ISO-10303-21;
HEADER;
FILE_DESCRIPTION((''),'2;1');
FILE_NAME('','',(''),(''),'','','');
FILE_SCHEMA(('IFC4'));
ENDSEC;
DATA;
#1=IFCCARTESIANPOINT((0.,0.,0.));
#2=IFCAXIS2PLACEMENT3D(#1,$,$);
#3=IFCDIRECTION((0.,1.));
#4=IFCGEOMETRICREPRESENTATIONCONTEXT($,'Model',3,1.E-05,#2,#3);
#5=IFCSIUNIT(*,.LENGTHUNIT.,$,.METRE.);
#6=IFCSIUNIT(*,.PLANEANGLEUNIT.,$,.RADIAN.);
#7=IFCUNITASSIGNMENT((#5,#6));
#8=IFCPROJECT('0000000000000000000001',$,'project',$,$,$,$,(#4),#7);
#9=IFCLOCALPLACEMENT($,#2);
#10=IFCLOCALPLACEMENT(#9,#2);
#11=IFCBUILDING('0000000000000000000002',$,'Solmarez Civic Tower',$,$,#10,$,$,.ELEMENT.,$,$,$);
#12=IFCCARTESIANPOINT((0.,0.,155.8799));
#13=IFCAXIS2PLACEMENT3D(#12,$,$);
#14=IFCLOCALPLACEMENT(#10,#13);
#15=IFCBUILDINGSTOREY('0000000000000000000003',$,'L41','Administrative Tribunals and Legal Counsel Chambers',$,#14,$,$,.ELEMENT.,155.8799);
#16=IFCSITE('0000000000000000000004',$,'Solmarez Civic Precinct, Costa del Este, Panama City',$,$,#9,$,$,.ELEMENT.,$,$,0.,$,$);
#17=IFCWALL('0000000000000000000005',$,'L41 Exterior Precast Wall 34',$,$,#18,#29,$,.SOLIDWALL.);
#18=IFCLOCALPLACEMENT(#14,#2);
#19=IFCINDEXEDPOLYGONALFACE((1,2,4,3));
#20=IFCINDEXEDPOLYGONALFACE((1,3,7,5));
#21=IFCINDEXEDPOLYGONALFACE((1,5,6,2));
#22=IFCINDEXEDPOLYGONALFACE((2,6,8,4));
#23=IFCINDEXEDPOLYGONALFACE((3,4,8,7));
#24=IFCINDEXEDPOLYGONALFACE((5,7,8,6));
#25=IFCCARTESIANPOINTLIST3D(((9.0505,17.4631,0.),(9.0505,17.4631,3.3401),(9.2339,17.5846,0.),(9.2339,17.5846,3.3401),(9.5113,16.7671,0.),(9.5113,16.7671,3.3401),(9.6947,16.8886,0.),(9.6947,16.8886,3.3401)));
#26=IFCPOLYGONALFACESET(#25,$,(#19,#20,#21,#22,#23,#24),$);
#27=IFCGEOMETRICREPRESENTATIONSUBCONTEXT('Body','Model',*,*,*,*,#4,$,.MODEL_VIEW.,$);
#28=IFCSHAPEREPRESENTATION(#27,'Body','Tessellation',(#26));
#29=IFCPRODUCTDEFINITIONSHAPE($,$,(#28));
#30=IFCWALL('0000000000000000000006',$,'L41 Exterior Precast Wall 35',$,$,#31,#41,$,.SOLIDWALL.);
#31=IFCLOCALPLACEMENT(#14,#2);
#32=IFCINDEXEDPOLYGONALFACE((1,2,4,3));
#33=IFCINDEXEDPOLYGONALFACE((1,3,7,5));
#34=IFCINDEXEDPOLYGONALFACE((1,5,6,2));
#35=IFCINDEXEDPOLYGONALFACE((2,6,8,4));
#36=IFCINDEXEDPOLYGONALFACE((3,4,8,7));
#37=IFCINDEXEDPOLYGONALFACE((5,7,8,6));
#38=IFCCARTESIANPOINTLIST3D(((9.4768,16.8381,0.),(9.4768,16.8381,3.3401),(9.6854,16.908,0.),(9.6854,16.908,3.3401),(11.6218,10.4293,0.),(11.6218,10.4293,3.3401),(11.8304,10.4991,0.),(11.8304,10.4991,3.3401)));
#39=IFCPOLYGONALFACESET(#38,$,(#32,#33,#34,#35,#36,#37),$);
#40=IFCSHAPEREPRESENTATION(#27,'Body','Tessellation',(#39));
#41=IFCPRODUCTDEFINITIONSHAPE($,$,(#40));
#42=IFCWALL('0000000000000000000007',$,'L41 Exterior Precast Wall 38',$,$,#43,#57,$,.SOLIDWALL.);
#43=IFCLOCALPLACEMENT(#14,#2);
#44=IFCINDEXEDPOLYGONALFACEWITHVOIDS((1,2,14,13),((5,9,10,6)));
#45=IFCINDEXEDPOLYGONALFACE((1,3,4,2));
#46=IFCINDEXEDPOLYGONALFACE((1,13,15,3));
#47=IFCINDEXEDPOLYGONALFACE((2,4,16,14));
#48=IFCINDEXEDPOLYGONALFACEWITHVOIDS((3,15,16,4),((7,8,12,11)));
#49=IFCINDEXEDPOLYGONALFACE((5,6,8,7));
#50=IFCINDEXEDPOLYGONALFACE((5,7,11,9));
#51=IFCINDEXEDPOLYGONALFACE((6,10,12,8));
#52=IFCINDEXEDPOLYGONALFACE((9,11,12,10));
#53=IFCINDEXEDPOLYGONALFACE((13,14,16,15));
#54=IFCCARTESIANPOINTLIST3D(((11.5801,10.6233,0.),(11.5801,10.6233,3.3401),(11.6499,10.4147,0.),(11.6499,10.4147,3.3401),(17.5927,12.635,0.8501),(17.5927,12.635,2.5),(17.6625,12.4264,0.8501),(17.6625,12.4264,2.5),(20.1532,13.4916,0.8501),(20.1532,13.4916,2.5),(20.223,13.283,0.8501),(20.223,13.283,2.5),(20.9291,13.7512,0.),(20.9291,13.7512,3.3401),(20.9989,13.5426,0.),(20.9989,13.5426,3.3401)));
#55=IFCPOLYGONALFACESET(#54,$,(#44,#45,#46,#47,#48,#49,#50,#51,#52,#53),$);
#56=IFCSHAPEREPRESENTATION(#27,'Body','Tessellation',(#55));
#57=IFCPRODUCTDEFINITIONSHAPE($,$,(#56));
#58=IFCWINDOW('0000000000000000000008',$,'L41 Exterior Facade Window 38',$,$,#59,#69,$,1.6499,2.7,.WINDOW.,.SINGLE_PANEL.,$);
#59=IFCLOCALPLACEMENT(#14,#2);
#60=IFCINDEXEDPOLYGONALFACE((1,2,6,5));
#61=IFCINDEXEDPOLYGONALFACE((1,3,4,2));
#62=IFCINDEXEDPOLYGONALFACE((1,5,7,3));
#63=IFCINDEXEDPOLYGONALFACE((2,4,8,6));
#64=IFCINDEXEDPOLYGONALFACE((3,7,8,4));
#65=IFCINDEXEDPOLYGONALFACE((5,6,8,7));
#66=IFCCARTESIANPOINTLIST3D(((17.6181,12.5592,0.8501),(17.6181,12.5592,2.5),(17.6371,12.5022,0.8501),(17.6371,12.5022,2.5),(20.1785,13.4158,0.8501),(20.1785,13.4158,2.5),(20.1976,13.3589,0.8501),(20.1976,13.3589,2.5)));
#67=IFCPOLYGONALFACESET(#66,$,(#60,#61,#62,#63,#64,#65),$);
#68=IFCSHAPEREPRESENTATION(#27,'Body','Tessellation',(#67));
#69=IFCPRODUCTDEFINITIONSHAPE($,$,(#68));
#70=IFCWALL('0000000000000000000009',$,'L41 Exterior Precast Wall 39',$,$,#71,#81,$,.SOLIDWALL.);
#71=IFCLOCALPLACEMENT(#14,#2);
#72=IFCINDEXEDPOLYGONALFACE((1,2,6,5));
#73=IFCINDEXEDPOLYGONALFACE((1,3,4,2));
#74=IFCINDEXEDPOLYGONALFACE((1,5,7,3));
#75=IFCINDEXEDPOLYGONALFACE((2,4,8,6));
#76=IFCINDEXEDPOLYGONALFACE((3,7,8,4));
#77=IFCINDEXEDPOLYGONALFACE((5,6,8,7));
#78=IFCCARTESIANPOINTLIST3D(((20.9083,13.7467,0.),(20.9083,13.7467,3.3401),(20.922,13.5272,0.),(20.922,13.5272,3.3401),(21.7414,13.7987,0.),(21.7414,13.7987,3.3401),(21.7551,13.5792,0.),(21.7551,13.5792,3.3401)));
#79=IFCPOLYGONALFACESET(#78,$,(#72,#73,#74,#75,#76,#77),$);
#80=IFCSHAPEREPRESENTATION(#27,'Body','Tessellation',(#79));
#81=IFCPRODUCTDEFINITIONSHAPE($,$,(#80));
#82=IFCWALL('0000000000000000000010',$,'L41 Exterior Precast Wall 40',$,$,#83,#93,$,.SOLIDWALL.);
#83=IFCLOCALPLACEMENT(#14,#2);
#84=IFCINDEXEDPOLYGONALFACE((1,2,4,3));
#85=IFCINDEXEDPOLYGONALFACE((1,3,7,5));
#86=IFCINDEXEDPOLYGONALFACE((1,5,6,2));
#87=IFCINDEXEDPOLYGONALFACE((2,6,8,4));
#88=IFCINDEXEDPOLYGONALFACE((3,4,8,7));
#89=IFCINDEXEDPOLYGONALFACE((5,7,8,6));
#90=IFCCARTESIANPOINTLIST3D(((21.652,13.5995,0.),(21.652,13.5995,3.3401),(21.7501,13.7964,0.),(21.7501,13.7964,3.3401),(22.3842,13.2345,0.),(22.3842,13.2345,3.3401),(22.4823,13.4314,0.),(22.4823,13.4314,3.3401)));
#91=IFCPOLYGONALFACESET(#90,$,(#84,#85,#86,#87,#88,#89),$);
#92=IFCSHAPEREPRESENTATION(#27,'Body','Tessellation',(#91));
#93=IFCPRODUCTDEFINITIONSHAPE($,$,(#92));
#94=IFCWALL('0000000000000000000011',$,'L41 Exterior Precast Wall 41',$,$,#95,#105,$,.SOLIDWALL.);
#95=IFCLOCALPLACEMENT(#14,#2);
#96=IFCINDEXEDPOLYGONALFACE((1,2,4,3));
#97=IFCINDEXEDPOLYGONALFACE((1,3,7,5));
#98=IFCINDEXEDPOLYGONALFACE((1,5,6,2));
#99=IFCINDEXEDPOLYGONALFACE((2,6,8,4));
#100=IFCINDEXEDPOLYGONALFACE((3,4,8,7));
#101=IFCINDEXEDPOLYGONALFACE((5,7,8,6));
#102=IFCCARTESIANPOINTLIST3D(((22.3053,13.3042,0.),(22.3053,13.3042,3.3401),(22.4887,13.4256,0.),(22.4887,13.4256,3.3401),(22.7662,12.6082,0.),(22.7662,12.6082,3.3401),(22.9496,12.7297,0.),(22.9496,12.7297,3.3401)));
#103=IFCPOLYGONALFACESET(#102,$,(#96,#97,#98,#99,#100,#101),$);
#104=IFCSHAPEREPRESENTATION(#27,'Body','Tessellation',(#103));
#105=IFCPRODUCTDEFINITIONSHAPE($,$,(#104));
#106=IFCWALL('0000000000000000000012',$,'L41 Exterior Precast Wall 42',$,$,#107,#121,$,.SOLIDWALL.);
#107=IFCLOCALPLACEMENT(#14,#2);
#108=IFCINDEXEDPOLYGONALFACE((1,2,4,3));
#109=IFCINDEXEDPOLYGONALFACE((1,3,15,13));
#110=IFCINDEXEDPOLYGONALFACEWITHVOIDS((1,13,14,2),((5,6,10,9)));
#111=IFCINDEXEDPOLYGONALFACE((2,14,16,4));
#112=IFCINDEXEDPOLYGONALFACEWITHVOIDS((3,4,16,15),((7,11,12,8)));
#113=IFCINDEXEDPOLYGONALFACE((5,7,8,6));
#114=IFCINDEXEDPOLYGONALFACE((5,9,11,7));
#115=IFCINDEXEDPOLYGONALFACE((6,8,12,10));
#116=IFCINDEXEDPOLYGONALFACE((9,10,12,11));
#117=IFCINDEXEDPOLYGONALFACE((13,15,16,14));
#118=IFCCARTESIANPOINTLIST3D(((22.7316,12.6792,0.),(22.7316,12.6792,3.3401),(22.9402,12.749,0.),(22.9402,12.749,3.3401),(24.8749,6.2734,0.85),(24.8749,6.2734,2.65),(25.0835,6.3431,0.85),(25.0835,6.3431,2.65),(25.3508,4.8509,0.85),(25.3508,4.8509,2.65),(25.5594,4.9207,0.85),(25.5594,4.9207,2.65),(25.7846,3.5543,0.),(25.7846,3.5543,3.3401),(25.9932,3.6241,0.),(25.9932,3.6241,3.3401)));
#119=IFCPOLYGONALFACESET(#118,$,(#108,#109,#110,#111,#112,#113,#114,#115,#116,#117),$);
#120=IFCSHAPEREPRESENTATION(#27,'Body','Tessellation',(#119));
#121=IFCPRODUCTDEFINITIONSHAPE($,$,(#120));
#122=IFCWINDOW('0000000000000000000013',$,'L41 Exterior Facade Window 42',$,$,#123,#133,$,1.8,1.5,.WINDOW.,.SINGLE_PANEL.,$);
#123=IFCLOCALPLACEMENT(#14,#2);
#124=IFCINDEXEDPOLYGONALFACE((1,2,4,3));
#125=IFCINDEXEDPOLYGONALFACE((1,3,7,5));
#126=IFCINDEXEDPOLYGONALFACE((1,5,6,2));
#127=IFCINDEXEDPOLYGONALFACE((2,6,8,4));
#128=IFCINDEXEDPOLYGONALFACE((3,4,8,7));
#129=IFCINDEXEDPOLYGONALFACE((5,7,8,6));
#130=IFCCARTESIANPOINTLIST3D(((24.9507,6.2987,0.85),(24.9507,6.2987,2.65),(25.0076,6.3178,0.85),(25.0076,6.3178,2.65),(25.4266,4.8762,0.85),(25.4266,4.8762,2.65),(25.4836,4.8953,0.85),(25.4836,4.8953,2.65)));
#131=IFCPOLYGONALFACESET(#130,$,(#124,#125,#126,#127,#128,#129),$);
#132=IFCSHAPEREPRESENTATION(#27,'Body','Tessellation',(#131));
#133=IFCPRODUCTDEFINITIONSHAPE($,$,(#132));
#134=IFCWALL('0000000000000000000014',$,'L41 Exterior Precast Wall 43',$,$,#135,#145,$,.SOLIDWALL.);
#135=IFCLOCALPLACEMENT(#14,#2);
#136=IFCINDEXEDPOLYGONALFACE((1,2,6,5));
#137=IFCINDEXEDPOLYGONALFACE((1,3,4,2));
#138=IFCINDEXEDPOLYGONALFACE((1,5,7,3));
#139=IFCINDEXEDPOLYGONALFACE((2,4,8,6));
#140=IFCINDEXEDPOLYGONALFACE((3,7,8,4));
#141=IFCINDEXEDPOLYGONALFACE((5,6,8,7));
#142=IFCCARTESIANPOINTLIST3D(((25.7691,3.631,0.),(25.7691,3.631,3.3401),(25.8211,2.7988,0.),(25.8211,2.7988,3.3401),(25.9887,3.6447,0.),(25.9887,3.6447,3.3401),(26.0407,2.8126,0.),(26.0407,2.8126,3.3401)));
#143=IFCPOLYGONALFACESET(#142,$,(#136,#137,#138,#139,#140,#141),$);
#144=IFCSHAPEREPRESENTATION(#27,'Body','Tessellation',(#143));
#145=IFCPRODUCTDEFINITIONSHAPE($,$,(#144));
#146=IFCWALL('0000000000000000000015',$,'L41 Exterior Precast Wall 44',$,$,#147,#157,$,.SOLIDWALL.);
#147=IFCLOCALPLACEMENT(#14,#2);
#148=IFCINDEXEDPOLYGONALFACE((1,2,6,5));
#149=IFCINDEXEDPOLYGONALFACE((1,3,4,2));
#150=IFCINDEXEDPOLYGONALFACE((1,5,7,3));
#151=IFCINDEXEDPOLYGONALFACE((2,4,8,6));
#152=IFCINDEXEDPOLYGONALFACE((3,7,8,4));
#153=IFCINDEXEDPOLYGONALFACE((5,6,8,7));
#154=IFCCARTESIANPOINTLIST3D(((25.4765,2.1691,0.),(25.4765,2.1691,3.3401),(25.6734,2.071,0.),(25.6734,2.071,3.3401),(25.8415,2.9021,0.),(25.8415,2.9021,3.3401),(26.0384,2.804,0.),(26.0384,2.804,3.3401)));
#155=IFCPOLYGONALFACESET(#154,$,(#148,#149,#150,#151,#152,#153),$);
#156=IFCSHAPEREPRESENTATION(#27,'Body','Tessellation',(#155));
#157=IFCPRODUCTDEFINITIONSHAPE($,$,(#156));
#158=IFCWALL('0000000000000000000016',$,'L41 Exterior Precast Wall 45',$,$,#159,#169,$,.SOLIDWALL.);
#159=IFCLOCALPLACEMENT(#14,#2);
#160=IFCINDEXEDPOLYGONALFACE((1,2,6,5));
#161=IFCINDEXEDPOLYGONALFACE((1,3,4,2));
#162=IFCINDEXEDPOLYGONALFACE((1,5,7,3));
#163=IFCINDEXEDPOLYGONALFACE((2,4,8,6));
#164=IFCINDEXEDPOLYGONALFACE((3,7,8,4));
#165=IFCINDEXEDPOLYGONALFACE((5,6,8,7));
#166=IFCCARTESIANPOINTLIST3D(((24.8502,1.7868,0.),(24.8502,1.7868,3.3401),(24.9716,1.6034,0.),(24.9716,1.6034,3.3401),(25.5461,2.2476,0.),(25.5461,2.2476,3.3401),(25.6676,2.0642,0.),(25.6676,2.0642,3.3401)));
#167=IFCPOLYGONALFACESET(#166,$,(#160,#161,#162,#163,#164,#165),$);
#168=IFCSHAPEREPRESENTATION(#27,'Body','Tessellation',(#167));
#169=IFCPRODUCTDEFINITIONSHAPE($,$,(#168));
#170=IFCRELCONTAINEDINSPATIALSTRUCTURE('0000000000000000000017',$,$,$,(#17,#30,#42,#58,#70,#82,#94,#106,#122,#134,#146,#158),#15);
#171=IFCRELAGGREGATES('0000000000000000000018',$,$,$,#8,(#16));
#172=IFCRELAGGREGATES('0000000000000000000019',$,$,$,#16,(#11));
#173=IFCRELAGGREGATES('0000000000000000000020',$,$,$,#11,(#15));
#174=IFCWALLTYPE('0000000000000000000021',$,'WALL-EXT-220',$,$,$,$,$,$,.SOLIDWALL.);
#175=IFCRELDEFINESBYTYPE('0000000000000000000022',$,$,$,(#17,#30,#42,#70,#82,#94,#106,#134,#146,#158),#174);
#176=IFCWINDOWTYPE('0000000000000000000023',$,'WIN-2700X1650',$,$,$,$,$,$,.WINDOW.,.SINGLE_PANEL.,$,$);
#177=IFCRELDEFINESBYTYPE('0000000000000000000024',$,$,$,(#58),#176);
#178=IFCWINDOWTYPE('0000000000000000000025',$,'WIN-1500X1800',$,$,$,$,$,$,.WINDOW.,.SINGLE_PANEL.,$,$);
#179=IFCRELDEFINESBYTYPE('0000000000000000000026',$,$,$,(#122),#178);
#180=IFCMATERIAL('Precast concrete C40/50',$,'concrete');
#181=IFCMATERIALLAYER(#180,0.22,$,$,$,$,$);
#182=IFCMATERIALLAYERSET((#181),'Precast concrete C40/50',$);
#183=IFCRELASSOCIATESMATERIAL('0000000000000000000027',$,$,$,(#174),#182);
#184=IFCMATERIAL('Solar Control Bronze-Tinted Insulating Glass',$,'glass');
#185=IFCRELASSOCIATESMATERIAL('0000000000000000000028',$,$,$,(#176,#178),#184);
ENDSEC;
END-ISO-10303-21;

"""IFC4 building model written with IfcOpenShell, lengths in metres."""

from ifc_helpers import new_model, si_unit, direction, frame, frame_2d, origin, place, context, subcontext, project, spatial, rectangle, extrude, material, layer, layer_set, type_object, element, fill, save


model = new_model("IFC4")

# Units and contexts
model_context = context("Model", 3, precision=1e-05, world=origin(), true_north=direction((0.0, 1.0)))
body_context = subcontext(model_context, "Body", "Model", "MODEL_VIEW")
ifc_project = project(units=[si_unit("LENGTHUNIT", "METRE"), si_unit("PLANEANGLEUNIT", "RADIAN")], contexts=[model_context])

# Site, building, storey
site_placement = place(None, origin())
site = spatial("IfcSite", under=ifc_project, at=site_placement, Name="Solmarez Civic Precinct, Costa del Este, Panama City", CompositionType="ELEMENT", RefElevation=0.0)
building_placement = place(site_placement, origin())
building = spatial("IfcBuilding", under=site, at=building_placement, Name="Solmarez Civic Tower", CompositionType="ELEMENT")
storey_placement = place(building_placement, frame((0.0, 0.0, 155.8799)))
storey = spatial("IfcBuildingStorey", under=building, at=storey_placement, Name="L41", Description="Administrative Tribunals and Legal Counsel Chambers", CompositionType="ELEMENT", Elevation=155.8799)

# Walls
ifc_material_1 = material(Name="Precast concrete C40/50", Category="concrete")
ifc_layer_1 = layer(ifc_material_1, 0.22)
ifc_layer_set_1 = layer_set([ifc_layer_1], Name="Precast concrete C40/50")
wall_type_1 = type_object("IfcWallType", Name="WALL-EXT-220", PredefinedType="SOLIDWALL", material=ifc_layer_set_1)
wall_1_placement = place(storey_placement, frame((9.1421, 17.5239, 0.0), z_axis=(0.0, 0.0, 1.0), x_axis=(0.552133, -0.833756, 0.0)))
element("IfcWall", 1, at=wall_1_placement, inside=storey, type_object=wall_type_1, Name="L41 Exterior Precast Wall 34", PredefinedType="SOLIDWALL", context=body_context, shape_type="SweptSolid", body=[
    extrude(rectangle(XDim=0.8347, YDim=0.22, at=frame_2d((0.4175, 0.0))), origin(), (0.0, 0.0, 1.0), 3.3401),
])
wall_2_placement = place(storey_placement, frame((9.5811, 16.873, 0.0), z_axis=(0.0, 0.0, 1.0), x_axis=(0.317387, -0.948296, 0.0)))
element("IfcWall", 2, at=wall_2_placement, inside=storey, type_object=wall_type_1, Name="L41 Exterior Precast Wall 35", PredefinedType="SOLIDWALL", context=body_context, shape_type="SweptSolid", body=[
    extrude(rectangle(XDim=6.7583, YDim=0.22, at=frame_2d((3.3792, 0.0))), origin(), (0.0, 0.0, 1.0), 3.3401),
])

# Wall, opening, window
wall_3_placement = place(storey_placement, frame((11.615, 10.519, 0.0), z_axis=(0.0, 0.0, 1.0), x_axis=(0.948331, 0.317283, 0.0)))
wall_3 = element("IfcWall", 3, at=wall_3_placement, inside=storey, type_object=wall_type_1, Name="L41 Exterior Precast Wall 38", PredefinedType="SOLIDWALL", context=body_context, shape_type="SweptSolid", body=[
    extrude(rectangle(XDim=9.8584, YDim=0.22, at=frame_2d((4.9292, 0.0))), origin(), (0.0, 0.0, 1.0), 3.3401),
])
opening_1_placement = place(wall_3_placement, frame((6.3401, 0.0, 0.8501)))
opening_1 = element("IfcOpeningElement", 4, at=opening_1_placement, cuts=wall_3, PredefinedType="OPENING", context=body_context, shape_type="SweptSolid", body=[
    extrude(rectangle(XDim=2.7, YDim=1.6499, at=frame_2d((1.3501, 0.825))), frame((0.0, 0.1199, 0.0), z_axis=(0.0, -1.0, 0.0), x_axis=(1.0, 0.0, 0.0)), (0.0, 0.0, 1.0), 0.24),
])
ifc_material_2 = material(Name="Solar Control Bronze-Tinted Insulating Glass", Category="glass")
window_type_1 = type_object("IfcWindowType", Name="WIN-2700X1650", PartitioningType="SINGLE_PANEL", PredefinedType="WINDOW", material=ifc_material_2)
window_1_placement = place(opening_1_placement, origin())
window_1 = element("IfcWindow", 5, at=window_1_placement, inside=storey, type_object=window_type_1, Name="L41 Exterior Facade Window 38", OverallHeight=1.6499, OverallWidth=2.7, PartitioningType="SINGLE_PANEL", PredefinedType="WINDOW", context=body_context, shape_type="SweptSolid", body=[
    extrude(rectangle(XDim=2.7, YDim=1.6499, at=frame_2d((1.3501, 0.825))), frame((0.0, 0.03, 0.0), z_axis=(0.0, -1.0, 0.0), x_axis=(1.0, 0.0, 0.0)), (0.0, 0.0, 1.0), 0.0601),
])
fill(opening_1, window_1)

# Walls
wall_4_placement = place(storey_placement, frame((20.915, 13.637, 0.0), z_axis=(0.0, 0.0, 1.0), x_axis=(0.998057, 0.062305, 0.0)))
element("IfcWall", 6, at=wall_4_placement, inside=storey, type_object=wall_type_1, Name="L41 Exterior Precast Wall 39", PredefinedType="SOLIDWALL", context=body_context, shape_type="SweptSolid", body=[
    extrude(rectangle(XDim=0.8347, YDim=0.22, at=frame_2d((0.4175, 0.0))), origin(), (0.0, 0.0, 1.0), 3.3401),
])
wall_5_placement = place(storey_placement, frame((21.7009, 13.698, 0.0), z_axis=(0.0, 0.0, 1.0), x_axis=(0.894964, -0.446139, 0.0)))
element("IfcWall", 7, at=wall_5_placement, inside=storey, type_object=wall_type_1, Name="L41 Exterior Precast Wall 40", PredefinedType="SOLIDWALL", context=body_context, shape_type="SweptSolid", body=[
    extrude(rectangle(XDim=0.8181, YDim=0.22, at=frame_2d((0.4092, 0.0))), origin(), (0.0, 0.0, 1.0), 3.3401),
])
wall_6_placement = place(storey_placement, frame((22.397, 13.365, 0.0), z_axis=(0.0, 0.0, 1.0), x_axis=(0.552133, -0.833756, 0.0)))
element("IfcWall", 8, at=wall_6_placement, inside=storey, type_object=wall_type_1, Name="L41 Exterior Precast Wall 41", PredefinedType="SOLIDWALL", context=body_context, shape_type="SweptSolid", body=[
    extrude(rectangle(XDim=0.8347, YDim=0.22, at=frame_2d((0.4175, 0.0))), origin(), (0.0, 0.0, 1.0), 3.3401),
])

# Wall, opening, window
wall_7_placement = place(storey_placement, frame((22.8359, 12.7141, 0.0), z_axis=(0.0, 0.0, 1.0), x_axis=(0.317286, -0.94833, 0.0)))
wall_7 = element("IfcWall", 9, at=wall_7_placement, inside=storey, type_object=wall_type_1, Name="L41 Exterior Precast Wall 42", PredefinedType="SOLIDWALL", context=body_context, shape_type="SweptSolid", body=[
    extrude(rectangle(XDim=9.6221, YDim=0.22, at=frame_2d((4.811, 0.0))), origin(), (0.0, 0.0, 1.0), 3.3401),
])
opening_2_placement = place(wall_7_placement, frame((6.7549, 0.0, 0.8501)))
opening_2 = element("IfcOpeningElement", 10, at=opening_2_placement, cuts=wall_7, PredefinedType="OPENING", context=body_context, shape_type="SweptSolid", body=[
    extrude(rectangle(XDim=1.5, YDim=1.8, at=frame_2d((0.75, 0.8999))), frame((0.0, 0.1199, 0.0), z_axis=(0.0, -1.0, 0.0), x_axis=(1.0, 0.0, 0.0)), (0.0, 0.0, 1.0), 0.24),
])
window_type_2 = type_object("IfcWindowType", Name="WIN-1500X1800", PartitioningType="SINGLE_PANEL", PredefinedType="WINDOW", material=ifc_material_2)
window_2_placement = place(opening_2_placement, origin())
window_2 = element("IfcWindow", 11, at=window_2_placement, inside=storey, type_object=window_type_2, Name="L41 Exterior Facade Window 42", OverallHeight=1.8, OverallWidth=1.5, PartitioningType="SINGLE_PANEL", PredefinedType="WINDOW", context=body_context, shape_type="SweptSolid", body=[
    extrude(rectangle(XDim=1.5, YDim=1.8, at=frame_2d((0.75, 0.8999))), frame((0.0, 0.03, 0.0), z_axis=(0.0, -1.0, 0.0), x_axis=(1.0, 0.0, 0.0)), (0.0, 0.0, 1.0), 0.0601),
])
fill(opening_2, window_2)

# Walls
wall_8_placement = place(storey_placement, frame((25.8789, 3.6379, 0.0), z_axis=(0.0, 0.0, 1.0), x_axis=(0.062378, -0.998053, 0.0)))
element("IfcWall", 12, at=wall_8_placement, inside=storey, type_object=wall_type_1, Name="L41 Exterior Precast Wall 43", PredefinedType="SOLIDWALL", context=body_context, shape_type="SweptSolid", body=[
    extrude(rectangle(XDim=0.8337, YDim=0.22, at=frame_2d((0.417, 0.0))), origin(), (0.0, 0.0, 1.0), 3.3401),
])
wall_9_placement = place(storey_placement, frame((25.9399, 2.853, 0.0), z_axis=(0.0, 0.0, 1.0), x_axis=(-0.445782, -0.895142, 0.0)))
element("IfcWall", 13, at=wall_9_placement, inside=storey, type_object=wall_type_1, Name="L41 Exterior Precast Wall 44", PredefinedType="SOLIDWALL", context=body_context, shape_type="SweptSolid", body=[
    extrude(rectangle(XDim=0.8188, YDim=0.22, at=frame_2d((0.4094, 0.0))), origin(), (0.0, 0.0, 1.0), 3.3401),
])
wall_10_placement = place(storey_placement, frame((25.6069, 2.156, 0.0), z_axis=(0.0, 0.0, 1.0), x_axis=(-0.833756, -0.552133, 0.0)))
element("IfcWall", 14, at=wall_10_placement, inside=storey, type_object=wall_type_1, Name="L41 Exterior Precast Wall 45", PredefinedType="SOLIDWALL", context=body_context, shape_type="SweptSolid", body=[
    extrude(rectangle(XDim=0.8347, YDim=0.22, at=frame_2d((0.4175, 0.0))), origin(), (0.0, 0.0, 1.0), 3.3401),
])

save(model, "model.ifc")
